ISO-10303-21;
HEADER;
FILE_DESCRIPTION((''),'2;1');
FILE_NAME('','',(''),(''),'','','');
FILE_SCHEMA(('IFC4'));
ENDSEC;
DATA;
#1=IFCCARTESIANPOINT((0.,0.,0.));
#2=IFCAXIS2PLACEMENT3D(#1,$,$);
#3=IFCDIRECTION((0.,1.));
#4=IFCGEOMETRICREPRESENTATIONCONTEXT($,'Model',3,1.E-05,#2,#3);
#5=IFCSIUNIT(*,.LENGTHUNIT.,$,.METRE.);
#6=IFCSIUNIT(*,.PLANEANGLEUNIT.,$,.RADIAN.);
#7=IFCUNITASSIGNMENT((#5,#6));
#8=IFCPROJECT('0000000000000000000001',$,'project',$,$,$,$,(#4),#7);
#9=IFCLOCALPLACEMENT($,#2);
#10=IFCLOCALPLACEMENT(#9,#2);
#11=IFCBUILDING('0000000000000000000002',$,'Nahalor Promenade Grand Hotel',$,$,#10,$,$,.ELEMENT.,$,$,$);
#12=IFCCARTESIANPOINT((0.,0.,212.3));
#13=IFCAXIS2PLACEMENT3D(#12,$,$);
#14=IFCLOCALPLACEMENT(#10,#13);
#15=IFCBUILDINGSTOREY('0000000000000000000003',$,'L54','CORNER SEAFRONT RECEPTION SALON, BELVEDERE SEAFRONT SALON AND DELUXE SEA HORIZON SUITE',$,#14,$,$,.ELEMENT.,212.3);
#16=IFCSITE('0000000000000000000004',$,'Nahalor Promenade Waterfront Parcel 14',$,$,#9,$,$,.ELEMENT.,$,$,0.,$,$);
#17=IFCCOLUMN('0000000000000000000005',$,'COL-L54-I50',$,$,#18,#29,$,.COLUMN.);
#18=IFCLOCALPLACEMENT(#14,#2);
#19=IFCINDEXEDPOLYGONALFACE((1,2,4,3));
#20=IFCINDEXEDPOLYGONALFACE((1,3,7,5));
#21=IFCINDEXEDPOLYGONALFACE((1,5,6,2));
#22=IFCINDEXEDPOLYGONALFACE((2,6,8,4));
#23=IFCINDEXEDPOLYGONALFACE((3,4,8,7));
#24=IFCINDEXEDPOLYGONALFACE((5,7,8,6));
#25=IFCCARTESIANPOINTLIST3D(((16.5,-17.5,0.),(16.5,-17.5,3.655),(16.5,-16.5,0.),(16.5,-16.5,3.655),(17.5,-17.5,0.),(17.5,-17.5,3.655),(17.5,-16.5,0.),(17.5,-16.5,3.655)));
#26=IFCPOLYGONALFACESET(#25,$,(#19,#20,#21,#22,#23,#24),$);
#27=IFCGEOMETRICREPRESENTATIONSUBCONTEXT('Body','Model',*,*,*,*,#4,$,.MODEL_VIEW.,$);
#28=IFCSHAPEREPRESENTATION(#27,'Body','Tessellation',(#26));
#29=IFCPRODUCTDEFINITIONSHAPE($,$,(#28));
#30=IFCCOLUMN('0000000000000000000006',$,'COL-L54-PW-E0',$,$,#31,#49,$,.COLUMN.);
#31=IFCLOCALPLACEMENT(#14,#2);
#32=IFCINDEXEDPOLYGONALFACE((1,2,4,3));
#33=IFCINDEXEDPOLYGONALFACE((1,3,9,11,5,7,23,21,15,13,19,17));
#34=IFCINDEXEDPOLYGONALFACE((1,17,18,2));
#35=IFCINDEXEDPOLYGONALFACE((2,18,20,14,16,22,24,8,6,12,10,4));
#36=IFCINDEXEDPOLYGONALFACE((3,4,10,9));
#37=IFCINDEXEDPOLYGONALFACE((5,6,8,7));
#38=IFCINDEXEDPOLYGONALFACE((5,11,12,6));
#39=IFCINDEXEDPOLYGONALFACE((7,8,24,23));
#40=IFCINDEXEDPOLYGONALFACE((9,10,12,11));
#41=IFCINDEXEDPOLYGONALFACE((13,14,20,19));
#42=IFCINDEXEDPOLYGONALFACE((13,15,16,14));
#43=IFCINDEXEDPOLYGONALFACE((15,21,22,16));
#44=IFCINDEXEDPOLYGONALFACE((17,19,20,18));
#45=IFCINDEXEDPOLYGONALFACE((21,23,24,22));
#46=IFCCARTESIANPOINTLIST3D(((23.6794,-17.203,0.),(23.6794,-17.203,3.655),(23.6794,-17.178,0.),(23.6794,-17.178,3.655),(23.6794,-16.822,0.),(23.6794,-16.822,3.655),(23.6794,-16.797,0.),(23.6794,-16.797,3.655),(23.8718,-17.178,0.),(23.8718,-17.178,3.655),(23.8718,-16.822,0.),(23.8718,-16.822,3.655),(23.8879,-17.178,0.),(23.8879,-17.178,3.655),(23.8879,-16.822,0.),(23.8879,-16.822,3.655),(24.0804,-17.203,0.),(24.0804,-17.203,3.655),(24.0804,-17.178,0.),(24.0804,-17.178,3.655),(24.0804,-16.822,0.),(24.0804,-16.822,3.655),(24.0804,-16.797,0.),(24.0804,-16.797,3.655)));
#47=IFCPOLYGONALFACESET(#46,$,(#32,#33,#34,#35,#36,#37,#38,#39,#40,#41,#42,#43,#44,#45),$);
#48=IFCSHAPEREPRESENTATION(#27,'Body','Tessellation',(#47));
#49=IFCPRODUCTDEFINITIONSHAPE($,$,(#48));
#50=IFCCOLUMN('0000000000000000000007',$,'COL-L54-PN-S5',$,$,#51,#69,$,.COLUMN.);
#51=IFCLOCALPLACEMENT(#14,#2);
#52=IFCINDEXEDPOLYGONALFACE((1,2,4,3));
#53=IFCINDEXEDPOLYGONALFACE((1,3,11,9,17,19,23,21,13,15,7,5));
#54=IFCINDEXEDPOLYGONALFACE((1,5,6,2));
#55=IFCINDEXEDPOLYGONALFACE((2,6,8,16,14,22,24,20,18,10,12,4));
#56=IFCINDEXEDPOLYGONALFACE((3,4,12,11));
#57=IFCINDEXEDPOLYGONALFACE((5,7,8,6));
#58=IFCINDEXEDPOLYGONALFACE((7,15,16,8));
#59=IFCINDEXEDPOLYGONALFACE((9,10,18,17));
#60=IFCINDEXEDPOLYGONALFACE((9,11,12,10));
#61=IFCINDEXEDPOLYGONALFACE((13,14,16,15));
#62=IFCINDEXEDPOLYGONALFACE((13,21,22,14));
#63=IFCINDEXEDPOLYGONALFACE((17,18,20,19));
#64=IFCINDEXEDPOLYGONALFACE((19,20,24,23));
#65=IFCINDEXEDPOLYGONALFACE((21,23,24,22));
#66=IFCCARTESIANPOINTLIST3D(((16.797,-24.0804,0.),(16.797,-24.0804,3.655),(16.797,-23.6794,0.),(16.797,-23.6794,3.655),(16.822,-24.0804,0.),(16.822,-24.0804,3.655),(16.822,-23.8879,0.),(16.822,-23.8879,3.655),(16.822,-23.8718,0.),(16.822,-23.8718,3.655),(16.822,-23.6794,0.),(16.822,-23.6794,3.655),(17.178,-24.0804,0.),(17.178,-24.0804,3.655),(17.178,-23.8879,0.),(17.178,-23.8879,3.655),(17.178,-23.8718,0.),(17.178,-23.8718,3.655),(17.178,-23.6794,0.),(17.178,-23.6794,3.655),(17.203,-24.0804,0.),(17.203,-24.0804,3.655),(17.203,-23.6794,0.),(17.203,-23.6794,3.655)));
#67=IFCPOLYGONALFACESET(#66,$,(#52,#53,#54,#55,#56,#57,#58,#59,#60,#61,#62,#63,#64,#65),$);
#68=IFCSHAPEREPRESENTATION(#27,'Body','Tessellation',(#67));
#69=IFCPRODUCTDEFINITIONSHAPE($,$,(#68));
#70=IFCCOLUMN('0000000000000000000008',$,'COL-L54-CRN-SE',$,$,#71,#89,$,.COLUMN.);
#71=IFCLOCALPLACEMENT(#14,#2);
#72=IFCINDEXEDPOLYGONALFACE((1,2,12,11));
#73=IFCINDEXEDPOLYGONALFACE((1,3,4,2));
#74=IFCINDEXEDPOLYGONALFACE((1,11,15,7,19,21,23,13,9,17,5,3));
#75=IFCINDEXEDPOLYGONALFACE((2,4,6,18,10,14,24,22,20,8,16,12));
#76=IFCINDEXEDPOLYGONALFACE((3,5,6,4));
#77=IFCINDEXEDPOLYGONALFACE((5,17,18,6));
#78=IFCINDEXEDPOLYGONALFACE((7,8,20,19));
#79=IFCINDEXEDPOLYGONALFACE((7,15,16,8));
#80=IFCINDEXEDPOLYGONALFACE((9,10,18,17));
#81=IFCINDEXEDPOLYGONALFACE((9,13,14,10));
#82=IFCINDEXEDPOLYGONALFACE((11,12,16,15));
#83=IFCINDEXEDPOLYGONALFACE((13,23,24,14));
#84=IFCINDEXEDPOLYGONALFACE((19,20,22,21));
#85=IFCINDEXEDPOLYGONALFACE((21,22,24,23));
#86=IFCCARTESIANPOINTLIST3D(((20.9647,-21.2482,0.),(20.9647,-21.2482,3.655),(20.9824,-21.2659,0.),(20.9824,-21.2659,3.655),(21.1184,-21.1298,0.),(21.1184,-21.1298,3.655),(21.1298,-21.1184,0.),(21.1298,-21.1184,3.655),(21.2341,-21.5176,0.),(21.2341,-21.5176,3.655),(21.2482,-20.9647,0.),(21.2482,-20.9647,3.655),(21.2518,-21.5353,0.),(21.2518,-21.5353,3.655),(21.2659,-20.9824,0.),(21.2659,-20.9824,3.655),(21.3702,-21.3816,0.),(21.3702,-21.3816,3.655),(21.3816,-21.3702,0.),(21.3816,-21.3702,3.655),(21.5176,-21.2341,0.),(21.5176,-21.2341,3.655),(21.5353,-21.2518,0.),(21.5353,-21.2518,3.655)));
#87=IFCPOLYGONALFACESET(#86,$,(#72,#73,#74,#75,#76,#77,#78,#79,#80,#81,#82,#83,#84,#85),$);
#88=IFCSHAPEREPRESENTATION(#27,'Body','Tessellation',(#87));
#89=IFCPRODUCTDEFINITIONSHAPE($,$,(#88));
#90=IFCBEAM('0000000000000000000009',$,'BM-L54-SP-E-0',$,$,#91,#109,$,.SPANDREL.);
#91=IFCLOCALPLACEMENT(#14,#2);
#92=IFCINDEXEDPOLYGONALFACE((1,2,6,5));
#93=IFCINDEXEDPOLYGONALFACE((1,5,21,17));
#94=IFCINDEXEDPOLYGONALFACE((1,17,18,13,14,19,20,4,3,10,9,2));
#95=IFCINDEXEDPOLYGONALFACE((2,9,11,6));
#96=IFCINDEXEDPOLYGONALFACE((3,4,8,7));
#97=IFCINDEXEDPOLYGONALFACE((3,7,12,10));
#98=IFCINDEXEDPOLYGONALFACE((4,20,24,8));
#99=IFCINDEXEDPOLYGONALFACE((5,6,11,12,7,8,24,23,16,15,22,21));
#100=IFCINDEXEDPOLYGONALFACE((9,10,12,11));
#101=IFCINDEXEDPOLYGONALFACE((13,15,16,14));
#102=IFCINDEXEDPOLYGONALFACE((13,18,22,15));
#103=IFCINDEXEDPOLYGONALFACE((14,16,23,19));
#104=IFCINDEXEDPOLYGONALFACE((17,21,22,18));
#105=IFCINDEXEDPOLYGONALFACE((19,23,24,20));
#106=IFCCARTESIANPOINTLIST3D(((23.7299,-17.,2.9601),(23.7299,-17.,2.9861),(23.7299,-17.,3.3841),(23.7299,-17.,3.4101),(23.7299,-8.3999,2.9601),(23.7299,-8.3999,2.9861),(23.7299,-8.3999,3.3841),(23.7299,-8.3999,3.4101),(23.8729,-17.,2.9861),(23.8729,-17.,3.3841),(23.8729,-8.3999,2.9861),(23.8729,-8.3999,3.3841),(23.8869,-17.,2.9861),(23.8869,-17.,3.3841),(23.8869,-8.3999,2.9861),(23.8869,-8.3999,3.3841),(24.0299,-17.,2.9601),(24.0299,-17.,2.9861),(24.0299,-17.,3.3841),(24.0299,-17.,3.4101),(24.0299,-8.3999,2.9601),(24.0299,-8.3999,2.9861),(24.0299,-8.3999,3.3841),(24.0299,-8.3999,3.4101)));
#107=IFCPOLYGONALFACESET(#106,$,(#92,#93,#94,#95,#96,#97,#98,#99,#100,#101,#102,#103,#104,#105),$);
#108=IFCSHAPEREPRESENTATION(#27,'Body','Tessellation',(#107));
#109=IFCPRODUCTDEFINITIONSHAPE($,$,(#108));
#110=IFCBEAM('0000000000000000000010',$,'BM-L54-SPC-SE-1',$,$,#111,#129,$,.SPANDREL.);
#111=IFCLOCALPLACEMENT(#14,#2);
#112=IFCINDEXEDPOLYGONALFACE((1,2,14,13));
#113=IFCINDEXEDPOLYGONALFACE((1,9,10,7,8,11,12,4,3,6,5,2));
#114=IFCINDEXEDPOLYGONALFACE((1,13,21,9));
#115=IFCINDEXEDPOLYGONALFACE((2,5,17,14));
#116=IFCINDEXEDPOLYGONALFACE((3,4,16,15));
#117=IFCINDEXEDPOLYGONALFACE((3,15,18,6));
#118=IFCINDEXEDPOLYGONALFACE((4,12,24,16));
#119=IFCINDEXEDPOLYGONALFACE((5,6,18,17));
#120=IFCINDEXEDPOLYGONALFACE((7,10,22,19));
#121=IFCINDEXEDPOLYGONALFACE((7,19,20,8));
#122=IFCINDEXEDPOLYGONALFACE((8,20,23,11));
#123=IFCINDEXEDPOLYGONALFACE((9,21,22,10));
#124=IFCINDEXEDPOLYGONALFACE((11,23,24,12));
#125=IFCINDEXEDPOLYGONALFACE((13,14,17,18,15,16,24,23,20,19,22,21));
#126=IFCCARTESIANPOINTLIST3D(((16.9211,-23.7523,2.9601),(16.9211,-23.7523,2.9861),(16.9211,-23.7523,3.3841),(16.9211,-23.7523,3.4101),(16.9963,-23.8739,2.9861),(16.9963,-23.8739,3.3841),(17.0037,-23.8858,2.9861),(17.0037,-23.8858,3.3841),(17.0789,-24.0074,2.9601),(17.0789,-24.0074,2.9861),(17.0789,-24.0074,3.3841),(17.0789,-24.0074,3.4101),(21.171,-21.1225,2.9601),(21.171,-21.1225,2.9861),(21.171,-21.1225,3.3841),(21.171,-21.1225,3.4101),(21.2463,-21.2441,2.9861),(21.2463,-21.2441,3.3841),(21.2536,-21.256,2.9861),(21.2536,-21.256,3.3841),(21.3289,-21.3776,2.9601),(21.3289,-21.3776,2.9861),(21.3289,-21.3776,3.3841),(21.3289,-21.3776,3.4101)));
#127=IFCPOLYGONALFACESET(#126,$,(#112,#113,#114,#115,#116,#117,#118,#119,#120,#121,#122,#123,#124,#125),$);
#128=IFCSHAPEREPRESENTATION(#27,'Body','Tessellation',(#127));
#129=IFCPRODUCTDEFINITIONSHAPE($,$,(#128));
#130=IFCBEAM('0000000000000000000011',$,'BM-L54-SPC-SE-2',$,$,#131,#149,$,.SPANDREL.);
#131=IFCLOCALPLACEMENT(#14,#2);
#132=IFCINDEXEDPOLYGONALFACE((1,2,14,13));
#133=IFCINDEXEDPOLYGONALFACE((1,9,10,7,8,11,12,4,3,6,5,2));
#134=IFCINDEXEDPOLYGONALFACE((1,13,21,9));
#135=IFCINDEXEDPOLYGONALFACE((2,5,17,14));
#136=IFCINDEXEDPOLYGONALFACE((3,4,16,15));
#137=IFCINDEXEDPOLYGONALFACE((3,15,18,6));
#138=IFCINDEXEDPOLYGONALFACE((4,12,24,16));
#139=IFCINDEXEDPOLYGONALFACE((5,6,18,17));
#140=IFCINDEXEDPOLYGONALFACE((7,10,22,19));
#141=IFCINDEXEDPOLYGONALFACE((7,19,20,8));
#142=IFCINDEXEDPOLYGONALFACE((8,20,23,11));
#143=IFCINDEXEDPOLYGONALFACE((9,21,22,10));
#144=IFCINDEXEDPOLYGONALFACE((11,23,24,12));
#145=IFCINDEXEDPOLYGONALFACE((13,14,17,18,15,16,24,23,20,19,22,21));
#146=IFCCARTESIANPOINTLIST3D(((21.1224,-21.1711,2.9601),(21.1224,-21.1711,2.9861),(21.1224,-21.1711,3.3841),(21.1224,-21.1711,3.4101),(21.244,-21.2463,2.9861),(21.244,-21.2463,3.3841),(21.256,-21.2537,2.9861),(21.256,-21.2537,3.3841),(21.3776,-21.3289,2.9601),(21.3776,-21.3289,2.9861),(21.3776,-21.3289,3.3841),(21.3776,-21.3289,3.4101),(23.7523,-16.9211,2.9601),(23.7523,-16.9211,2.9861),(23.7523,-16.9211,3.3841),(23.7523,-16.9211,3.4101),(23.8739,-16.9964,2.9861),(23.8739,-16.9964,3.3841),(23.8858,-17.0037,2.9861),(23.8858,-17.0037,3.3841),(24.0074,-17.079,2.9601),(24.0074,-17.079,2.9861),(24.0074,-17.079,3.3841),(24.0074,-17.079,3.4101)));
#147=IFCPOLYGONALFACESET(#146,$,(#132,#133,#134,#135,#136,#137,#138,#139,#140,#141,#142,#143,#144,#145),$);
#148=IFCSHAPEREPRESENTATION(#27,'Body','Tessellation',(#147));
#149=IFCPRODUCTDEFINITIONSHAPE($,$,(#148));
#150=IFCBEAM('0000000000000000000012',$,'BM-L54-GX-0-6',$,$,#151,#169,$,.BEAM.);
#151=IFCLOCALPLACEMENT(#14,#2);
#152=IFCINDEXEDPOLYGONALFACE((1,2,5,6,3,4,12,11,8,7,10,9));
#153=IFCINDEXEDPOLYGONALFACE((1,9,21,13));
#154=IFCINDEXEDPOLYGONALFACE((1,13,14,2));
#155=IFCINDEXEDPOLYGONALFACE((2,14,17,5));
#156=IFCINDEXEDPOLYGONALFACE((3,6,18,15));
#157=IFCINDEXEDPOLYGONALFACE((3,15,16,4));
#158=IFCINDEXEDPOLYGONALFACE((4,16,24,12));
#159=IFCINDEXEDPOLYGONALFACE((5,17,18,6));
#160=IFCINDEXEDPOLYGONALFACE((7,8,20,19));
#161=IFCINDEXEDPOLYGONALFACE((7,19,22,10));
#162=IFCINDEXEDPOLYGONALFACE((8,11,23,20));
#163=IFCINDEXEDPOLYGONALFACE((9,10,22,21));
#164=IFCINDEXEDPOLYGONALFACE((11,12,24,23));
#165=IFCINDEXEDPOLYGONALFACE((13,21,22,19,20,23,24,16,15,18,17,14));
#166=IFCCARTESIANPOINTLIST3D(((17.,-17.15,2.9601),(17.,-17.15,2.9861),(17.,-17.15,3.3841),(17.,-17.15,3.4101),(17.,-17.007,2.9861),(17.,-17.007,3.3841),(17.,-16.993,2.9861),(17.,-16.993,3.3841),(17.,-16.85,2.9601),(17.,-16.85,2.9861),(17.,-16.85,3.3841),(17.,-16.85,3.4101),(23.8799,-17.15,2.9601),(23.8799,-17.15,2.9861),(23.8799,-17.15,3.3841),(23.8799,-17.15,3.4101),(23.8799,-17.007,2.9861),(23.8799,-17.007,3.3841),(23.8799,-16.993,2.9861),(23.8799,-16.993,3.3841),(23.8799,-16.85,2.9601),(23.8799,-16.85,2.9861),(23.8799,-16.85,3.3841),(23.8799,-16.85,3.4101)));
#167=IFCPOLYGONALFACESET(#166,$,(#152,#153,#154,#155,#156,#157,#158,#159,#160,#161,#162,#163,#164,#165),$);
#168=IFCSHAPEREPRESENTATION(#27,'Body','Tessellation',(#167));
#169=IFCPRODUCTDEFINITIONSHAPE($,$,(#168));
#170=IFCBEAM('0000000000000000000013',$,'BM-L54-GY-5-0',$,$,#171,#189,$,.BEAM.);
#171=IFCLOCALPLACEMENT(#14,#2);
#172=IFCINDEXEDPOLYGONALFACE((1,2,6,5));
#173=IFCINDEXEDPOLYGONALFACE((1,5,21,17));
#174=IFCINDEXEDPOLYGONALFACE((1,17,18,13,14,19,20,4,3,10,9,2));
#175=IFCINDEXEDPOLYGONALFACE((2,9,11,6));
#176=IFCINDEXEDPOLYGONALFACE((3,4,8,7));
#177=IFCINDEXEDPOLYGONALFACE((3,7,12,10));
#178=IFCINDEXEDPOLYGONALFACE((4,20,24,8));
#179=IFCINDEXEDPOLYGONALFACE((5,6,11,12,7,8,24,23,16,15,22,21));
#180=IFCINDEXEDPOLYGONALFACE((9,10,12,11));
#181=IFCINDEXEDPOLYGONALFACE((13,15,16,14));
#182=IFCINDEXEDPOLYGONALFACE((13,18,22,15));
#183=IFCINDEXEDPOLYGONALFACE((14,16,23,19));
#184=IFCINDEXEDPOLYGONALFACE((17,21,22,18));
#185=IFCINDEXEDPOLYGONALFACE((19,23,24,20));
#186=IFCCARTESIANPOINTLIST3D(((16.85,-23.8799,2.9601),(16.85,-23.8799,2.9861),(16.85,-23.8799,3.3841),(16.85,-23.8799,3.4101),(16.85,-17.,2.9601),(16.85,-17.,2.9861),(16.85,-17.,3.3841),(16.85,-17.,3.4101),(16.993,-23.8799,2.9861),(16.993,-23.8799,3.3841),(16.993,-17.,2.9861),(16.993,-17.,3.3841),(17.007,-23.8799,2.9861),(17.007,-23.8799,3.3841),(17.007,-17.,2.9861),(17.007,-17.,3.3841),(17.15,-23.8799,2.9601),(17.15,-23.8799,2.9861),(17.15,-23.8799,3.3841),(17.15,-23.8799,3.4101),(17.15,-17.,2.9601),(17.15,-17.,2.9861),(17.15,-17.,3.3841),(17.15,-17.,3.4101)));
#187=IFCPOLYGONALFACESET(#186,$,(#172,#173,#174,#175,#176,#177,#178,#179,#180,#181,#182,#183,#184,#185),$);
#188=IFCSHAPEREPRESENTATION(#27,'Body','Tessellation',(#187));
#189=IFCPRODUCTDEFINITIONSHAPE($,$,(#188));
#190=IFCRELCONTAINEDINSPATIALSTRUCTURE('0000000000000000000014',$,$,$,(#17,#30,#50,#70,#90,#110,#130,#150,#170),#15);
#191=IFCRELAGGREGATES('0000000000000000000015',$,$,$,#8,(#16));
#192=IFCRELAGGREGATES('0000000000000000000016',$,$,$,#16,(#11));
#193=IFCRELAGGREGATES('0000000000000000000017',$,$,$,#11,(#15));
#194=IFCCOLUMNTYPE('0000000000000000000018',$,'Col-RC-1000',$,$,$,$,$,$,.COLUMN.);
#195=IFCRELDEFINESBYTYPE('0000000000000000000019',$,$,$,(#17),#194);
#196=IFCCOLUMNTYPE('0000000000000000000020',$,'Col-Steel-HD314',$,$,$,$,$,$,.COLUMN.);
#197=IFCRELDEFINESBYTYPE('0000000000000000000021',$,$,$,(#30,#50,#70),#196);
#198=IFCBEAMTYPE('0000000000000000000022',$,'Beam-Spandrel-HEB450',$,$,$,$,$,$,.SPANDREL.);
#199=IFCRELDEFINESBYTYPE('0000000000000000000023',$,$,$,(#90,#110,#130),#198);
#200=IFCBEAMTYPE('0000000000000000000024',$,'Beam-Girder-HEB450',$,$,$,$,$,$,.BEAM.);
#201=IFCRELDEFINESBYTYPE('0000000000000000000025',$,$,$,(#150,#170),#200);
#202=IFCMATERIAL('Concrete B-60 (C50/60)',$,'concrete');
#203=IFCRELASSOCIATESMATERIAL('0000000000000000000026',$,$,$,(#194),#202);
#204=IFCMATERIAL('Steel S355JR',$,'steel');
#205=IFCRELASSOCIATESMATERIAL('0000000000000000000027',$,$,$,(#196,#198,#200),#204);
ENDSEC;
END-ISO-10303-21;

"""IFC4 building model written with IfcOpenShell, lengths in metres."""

from ifc_helpers import new_model, si_unit, direction, frame, origin, origin_2d, place, context, subcontext, project, spatial, rectangle, i_section, extrude, source, transform, mapped, material, material_profile, profile_set, type_object, element, save


model = new_model("IFC4")

# Units and contexts
model_context = context("Model", 3, precision=1e-05, world=origin(), true_north=direction((0.0, 1.0)))
body_context = subcontext(model_context, "Body", "Model", "MODEL_VIEW")
ifc_project = project(units=[si_unit("LENGTHUNIT", "METRE"), si_unit("PLANEANGLEUNIT", "RADIAN")], contexts=[model_context])

# Site, building, storey
site_placement = place(None, origin())
site = spatial("IfcSite", under=ifc_project, at=site_placement, Name="Nahalor Promenade Waterfront Parcel 14", CompositionType="ELEMENT", RefElevation=0.0)
building_placement = place(site_placement, origin())
building = spatial("IfcBuilding", under=site, at=building_placement, Name="Nahalor Promenade Grand Hotel", CompositionType="ELEMENT")
storey_placement = place(building_placement, frame((0.0, 0.0, 212.3)))
storey = spatial("IfcBuildingStorey", under=building, at=storey_placement, Name="L54", Description="CORNER SEAFRONT RECEPTION SALON, BELVEDERE SEAFRONT SALON AND DELUXE SEA HORIZON SUITE", CompositionType="ELEMENT", Elevation=212.3)

# Columns
ifc_material_1 = material(Name="Concrete B-60 (C50/60)", Category="concrete")
ifc_material_profile_1 = material_profile(ifc_material_1, rectangle(XDim=1.0, YDim=1.0, at=origin_2d()), Name="RC 1000x1000")
ifc_profile_set_1 = profile_set([ifc_material_profile_1], Name="Concrete B-60 (C50/60)")
column_type_1 = type_object("IfcColumnType", Name="Col-RC-1000", PredefinedType="COLUMN", material=ifc_profile_set_1)
shared_shape_1 = source(origin(), body_context, "Body", "SweptSolid", [
    extrude(rectangle(XDim=1.0, YDim=1.0, at=origin_2d()), origin(), (0.0, 0.0, 1.0), 3.655),
])
column_placement = place(storey_placement, frame((17.0, -17.0, 0.0), z_axis=(0.0, 0.0, 1.0), x_axis=(1.0, 0.0, 0.0)))
element("IfcColumn", 1, at=column_placement, inside=storey, type_object=column_type_1, Name="COL-L54-I50", PredefinedType="COLUMN", context=body_context, shape_type="MappedRepresentation", body=[
    mapped(shared_shape_1, transform((0.0, 0.0, 0.0), scale=1.0)),
])
ifc_material_2 = material(Name="Steel S355JR", Category="steel")
ifc_material_profile_2 = material_profile(ifc_material_2, i_section(OverallWidth=0.401, OverallDepth=0.406, WebThickness=0.0161, FlangeThickness=0.025, at=origin_2d()), Name="HD 400x314")
ifc_profile_set_2 = profile_set([ifc_material_profile_2], Name="Steel S355JR")
column_type_2 = type_object("IfcColumnType", Name="Col-Steel-HD314", PredefinedType="COLUMN", material=ifc_profile_set_2)
shared_shape_2 = source(origin(), body_context, "Body", "SweptSolid", [
    extrude(i_section(OverallWidth=0.401, OverallDepth=0.406, WebThickness=0.0161, FlangeThickness=0.025, at=origin_2d()), origin(), (0.0, 0.0, 1.0), 3.655),
])
for number, where, z_axis, x_axis, name in (
    (2, (23.8799, -17.0, 0.0), (0.0, 0.0, 1.0), (1.0, 0.0, 0.0), "COL-L54-PW-E0"),
    (3, (17.0, -23.8799, 0.0), (0.0, 0.0, 1.0), (0.0, 1.0, 0.0), "COL-L54-PN-S5"),
    (4, (21.25, -21.25, 0.0), (0.0, 0.0, 1.0), (0.707107, 0.707107, 0.0), "COL-L54-CRN-SE"),
):
    element("IfcColumn", number, at=place(storey_placement, frame(where, z_axis=z_axis, x_axis=x_axis)), inside=storey, type_object=column_type_2, Name=name, PredefinedType="COLUMN", context=body_context, shape_type="MappedRepresentation", body=[
        mapped(shared_shape_2, transform((0.0, 0.0, 0.0), scale=1.0)),
    ])

# Beams
ifc_material_profile_3 = material_profile(ifc_material_2, i_section(OverallWidth=0.3, OverallDepth=0.45, WebThickness=0.014, FlangeThickness=0.026, at=origin_2d()), Name="HEB 450")
ifc_profile_set_3 = profile_set([ifc_material_profile_3], Name="Steel S355JR")
beam_type_1 = type_object("IfcBeamType", Name="Beam-Spandrel-HEB450", PredefinedType="SPANDREL", material=ifc_profile_set_3)
shared_shape_3 = source(origin(), body_context, "Body", "SweptSolid", [
    extrude(i_section(OverallWidth=0.3, OverallDepth=0.45, WebThickness=0.014, FlangeThickness=0.026, at=origin_2d()), origin(), (0.0, 0.0, 1.0), 8.6001),
])
beam_1_placement = place(storey_placement, frame((23.8799, -17.0, 3.1851), z_axis=(0.0, 1.0, 0.0), x_axis=(-1.0, 0.0, 0.0)))
element("IfcBeam", 5, at=beam_1_placement, inside=storey, type_object=beam_type_1, Name="BM-L54-SP-E-0", PredefinedType="SPANDREL", context=body_context, shape_type="MappedRepresentation", body=[
    mapped(shared_shape_3, transform((0.0, 0.0, 0.0), scale=1.0)),
])
shared_shape_4 = source(origin(), body_context, "Body", "SweptSolid", [
    extrude(i_section(OverallWidth=0.3, OverallDepth=0.45, WebThickness=0.014, FlangeThickness=0.026, at=origin_2d()), origin(), (0.0, 0.0, 1.0), 4.9978),
])
for number, where, z_axis, x_axis, name in (
    (6, (17.0, -23.8799, 3.1851), (0.850361, 0.5262, 0.0), (-0.5262, 0.850361, 0.0), "BM-L54-SPC-SE-1"),
    (7, (21.25, -21.25, 3.1851), (0.5262, 0.850361, 0.0), (-0.850361, 0.5262, 0.0), "BM-L54-SPC-SE-2"),
):
    element("IfcBeam", number, at=place(storey_placement, frame(where, z_axis=z_axis, x_axis=x_axis)), inside=storey, type_object=beam_type_1, Name=name, PredefinedType="SPANDREL", context=body_context, shape_type="MappedRepresentation", body=[
        mapped(shared_shape_4, transform((0.0, 0.0, 0.0), scale=1.0)),
    ])
ifc_material_profile_4 = material_profile(ifc_material_2, i_section(OverallWidth=0.3, OverallDepth=0.45, WebThickness=0.014, FlangeThickness=0.026, at=origin_2d()), Name="HEB 450")
ifc_profile_set_4 = profile_set([ifc_material_profile_4], Name="Steel S355JR")
beam_type_2 = type_object("IfcBeamType", Name="Beam-Girder-HEB450", PredefinedType="BEAM", material=ifc_profile_set_4)
shared_shape_5 = source(origin(), body_context, "Body", "SweptSolid", [
    extrude(i_section(OverallWidth=0.3, OverallDepth=0.45, WebThickness=0.014, FlangeThickness=0.026, at=origin_2d()), origin(), (0.0, 0.0, 1.0), 6.8799),
])
for number, where, z_axis, x_axis, name in (
    (8, (17.0, -17.0, 3.1851), (1.0, 0.0, 0.0), (0.0, 1.0, 0.0), "BM-L54-GX-0-6"),
    (9, (17.0, -23.8799, 3.1851), (0.0, 1.0, 0.0), (-1.0, 0.0, 0.0), "BM-L54-GY-5-0"),
):
    element("IfcBeam", number, at=place(storey_placement, frame(where, z_axis=z_axis, x_axis=x_axis)), inside=storey, type_object=beam_type_2, Name=name, PredefinedType="BEAM", context=body_context, shape_type="MappedRepresentation", body=[
        mapped(shared_shape_5, transform((0.0, 0.0, 0.0), scale=1.0)),
    ])

save(model, "model.ifc")
